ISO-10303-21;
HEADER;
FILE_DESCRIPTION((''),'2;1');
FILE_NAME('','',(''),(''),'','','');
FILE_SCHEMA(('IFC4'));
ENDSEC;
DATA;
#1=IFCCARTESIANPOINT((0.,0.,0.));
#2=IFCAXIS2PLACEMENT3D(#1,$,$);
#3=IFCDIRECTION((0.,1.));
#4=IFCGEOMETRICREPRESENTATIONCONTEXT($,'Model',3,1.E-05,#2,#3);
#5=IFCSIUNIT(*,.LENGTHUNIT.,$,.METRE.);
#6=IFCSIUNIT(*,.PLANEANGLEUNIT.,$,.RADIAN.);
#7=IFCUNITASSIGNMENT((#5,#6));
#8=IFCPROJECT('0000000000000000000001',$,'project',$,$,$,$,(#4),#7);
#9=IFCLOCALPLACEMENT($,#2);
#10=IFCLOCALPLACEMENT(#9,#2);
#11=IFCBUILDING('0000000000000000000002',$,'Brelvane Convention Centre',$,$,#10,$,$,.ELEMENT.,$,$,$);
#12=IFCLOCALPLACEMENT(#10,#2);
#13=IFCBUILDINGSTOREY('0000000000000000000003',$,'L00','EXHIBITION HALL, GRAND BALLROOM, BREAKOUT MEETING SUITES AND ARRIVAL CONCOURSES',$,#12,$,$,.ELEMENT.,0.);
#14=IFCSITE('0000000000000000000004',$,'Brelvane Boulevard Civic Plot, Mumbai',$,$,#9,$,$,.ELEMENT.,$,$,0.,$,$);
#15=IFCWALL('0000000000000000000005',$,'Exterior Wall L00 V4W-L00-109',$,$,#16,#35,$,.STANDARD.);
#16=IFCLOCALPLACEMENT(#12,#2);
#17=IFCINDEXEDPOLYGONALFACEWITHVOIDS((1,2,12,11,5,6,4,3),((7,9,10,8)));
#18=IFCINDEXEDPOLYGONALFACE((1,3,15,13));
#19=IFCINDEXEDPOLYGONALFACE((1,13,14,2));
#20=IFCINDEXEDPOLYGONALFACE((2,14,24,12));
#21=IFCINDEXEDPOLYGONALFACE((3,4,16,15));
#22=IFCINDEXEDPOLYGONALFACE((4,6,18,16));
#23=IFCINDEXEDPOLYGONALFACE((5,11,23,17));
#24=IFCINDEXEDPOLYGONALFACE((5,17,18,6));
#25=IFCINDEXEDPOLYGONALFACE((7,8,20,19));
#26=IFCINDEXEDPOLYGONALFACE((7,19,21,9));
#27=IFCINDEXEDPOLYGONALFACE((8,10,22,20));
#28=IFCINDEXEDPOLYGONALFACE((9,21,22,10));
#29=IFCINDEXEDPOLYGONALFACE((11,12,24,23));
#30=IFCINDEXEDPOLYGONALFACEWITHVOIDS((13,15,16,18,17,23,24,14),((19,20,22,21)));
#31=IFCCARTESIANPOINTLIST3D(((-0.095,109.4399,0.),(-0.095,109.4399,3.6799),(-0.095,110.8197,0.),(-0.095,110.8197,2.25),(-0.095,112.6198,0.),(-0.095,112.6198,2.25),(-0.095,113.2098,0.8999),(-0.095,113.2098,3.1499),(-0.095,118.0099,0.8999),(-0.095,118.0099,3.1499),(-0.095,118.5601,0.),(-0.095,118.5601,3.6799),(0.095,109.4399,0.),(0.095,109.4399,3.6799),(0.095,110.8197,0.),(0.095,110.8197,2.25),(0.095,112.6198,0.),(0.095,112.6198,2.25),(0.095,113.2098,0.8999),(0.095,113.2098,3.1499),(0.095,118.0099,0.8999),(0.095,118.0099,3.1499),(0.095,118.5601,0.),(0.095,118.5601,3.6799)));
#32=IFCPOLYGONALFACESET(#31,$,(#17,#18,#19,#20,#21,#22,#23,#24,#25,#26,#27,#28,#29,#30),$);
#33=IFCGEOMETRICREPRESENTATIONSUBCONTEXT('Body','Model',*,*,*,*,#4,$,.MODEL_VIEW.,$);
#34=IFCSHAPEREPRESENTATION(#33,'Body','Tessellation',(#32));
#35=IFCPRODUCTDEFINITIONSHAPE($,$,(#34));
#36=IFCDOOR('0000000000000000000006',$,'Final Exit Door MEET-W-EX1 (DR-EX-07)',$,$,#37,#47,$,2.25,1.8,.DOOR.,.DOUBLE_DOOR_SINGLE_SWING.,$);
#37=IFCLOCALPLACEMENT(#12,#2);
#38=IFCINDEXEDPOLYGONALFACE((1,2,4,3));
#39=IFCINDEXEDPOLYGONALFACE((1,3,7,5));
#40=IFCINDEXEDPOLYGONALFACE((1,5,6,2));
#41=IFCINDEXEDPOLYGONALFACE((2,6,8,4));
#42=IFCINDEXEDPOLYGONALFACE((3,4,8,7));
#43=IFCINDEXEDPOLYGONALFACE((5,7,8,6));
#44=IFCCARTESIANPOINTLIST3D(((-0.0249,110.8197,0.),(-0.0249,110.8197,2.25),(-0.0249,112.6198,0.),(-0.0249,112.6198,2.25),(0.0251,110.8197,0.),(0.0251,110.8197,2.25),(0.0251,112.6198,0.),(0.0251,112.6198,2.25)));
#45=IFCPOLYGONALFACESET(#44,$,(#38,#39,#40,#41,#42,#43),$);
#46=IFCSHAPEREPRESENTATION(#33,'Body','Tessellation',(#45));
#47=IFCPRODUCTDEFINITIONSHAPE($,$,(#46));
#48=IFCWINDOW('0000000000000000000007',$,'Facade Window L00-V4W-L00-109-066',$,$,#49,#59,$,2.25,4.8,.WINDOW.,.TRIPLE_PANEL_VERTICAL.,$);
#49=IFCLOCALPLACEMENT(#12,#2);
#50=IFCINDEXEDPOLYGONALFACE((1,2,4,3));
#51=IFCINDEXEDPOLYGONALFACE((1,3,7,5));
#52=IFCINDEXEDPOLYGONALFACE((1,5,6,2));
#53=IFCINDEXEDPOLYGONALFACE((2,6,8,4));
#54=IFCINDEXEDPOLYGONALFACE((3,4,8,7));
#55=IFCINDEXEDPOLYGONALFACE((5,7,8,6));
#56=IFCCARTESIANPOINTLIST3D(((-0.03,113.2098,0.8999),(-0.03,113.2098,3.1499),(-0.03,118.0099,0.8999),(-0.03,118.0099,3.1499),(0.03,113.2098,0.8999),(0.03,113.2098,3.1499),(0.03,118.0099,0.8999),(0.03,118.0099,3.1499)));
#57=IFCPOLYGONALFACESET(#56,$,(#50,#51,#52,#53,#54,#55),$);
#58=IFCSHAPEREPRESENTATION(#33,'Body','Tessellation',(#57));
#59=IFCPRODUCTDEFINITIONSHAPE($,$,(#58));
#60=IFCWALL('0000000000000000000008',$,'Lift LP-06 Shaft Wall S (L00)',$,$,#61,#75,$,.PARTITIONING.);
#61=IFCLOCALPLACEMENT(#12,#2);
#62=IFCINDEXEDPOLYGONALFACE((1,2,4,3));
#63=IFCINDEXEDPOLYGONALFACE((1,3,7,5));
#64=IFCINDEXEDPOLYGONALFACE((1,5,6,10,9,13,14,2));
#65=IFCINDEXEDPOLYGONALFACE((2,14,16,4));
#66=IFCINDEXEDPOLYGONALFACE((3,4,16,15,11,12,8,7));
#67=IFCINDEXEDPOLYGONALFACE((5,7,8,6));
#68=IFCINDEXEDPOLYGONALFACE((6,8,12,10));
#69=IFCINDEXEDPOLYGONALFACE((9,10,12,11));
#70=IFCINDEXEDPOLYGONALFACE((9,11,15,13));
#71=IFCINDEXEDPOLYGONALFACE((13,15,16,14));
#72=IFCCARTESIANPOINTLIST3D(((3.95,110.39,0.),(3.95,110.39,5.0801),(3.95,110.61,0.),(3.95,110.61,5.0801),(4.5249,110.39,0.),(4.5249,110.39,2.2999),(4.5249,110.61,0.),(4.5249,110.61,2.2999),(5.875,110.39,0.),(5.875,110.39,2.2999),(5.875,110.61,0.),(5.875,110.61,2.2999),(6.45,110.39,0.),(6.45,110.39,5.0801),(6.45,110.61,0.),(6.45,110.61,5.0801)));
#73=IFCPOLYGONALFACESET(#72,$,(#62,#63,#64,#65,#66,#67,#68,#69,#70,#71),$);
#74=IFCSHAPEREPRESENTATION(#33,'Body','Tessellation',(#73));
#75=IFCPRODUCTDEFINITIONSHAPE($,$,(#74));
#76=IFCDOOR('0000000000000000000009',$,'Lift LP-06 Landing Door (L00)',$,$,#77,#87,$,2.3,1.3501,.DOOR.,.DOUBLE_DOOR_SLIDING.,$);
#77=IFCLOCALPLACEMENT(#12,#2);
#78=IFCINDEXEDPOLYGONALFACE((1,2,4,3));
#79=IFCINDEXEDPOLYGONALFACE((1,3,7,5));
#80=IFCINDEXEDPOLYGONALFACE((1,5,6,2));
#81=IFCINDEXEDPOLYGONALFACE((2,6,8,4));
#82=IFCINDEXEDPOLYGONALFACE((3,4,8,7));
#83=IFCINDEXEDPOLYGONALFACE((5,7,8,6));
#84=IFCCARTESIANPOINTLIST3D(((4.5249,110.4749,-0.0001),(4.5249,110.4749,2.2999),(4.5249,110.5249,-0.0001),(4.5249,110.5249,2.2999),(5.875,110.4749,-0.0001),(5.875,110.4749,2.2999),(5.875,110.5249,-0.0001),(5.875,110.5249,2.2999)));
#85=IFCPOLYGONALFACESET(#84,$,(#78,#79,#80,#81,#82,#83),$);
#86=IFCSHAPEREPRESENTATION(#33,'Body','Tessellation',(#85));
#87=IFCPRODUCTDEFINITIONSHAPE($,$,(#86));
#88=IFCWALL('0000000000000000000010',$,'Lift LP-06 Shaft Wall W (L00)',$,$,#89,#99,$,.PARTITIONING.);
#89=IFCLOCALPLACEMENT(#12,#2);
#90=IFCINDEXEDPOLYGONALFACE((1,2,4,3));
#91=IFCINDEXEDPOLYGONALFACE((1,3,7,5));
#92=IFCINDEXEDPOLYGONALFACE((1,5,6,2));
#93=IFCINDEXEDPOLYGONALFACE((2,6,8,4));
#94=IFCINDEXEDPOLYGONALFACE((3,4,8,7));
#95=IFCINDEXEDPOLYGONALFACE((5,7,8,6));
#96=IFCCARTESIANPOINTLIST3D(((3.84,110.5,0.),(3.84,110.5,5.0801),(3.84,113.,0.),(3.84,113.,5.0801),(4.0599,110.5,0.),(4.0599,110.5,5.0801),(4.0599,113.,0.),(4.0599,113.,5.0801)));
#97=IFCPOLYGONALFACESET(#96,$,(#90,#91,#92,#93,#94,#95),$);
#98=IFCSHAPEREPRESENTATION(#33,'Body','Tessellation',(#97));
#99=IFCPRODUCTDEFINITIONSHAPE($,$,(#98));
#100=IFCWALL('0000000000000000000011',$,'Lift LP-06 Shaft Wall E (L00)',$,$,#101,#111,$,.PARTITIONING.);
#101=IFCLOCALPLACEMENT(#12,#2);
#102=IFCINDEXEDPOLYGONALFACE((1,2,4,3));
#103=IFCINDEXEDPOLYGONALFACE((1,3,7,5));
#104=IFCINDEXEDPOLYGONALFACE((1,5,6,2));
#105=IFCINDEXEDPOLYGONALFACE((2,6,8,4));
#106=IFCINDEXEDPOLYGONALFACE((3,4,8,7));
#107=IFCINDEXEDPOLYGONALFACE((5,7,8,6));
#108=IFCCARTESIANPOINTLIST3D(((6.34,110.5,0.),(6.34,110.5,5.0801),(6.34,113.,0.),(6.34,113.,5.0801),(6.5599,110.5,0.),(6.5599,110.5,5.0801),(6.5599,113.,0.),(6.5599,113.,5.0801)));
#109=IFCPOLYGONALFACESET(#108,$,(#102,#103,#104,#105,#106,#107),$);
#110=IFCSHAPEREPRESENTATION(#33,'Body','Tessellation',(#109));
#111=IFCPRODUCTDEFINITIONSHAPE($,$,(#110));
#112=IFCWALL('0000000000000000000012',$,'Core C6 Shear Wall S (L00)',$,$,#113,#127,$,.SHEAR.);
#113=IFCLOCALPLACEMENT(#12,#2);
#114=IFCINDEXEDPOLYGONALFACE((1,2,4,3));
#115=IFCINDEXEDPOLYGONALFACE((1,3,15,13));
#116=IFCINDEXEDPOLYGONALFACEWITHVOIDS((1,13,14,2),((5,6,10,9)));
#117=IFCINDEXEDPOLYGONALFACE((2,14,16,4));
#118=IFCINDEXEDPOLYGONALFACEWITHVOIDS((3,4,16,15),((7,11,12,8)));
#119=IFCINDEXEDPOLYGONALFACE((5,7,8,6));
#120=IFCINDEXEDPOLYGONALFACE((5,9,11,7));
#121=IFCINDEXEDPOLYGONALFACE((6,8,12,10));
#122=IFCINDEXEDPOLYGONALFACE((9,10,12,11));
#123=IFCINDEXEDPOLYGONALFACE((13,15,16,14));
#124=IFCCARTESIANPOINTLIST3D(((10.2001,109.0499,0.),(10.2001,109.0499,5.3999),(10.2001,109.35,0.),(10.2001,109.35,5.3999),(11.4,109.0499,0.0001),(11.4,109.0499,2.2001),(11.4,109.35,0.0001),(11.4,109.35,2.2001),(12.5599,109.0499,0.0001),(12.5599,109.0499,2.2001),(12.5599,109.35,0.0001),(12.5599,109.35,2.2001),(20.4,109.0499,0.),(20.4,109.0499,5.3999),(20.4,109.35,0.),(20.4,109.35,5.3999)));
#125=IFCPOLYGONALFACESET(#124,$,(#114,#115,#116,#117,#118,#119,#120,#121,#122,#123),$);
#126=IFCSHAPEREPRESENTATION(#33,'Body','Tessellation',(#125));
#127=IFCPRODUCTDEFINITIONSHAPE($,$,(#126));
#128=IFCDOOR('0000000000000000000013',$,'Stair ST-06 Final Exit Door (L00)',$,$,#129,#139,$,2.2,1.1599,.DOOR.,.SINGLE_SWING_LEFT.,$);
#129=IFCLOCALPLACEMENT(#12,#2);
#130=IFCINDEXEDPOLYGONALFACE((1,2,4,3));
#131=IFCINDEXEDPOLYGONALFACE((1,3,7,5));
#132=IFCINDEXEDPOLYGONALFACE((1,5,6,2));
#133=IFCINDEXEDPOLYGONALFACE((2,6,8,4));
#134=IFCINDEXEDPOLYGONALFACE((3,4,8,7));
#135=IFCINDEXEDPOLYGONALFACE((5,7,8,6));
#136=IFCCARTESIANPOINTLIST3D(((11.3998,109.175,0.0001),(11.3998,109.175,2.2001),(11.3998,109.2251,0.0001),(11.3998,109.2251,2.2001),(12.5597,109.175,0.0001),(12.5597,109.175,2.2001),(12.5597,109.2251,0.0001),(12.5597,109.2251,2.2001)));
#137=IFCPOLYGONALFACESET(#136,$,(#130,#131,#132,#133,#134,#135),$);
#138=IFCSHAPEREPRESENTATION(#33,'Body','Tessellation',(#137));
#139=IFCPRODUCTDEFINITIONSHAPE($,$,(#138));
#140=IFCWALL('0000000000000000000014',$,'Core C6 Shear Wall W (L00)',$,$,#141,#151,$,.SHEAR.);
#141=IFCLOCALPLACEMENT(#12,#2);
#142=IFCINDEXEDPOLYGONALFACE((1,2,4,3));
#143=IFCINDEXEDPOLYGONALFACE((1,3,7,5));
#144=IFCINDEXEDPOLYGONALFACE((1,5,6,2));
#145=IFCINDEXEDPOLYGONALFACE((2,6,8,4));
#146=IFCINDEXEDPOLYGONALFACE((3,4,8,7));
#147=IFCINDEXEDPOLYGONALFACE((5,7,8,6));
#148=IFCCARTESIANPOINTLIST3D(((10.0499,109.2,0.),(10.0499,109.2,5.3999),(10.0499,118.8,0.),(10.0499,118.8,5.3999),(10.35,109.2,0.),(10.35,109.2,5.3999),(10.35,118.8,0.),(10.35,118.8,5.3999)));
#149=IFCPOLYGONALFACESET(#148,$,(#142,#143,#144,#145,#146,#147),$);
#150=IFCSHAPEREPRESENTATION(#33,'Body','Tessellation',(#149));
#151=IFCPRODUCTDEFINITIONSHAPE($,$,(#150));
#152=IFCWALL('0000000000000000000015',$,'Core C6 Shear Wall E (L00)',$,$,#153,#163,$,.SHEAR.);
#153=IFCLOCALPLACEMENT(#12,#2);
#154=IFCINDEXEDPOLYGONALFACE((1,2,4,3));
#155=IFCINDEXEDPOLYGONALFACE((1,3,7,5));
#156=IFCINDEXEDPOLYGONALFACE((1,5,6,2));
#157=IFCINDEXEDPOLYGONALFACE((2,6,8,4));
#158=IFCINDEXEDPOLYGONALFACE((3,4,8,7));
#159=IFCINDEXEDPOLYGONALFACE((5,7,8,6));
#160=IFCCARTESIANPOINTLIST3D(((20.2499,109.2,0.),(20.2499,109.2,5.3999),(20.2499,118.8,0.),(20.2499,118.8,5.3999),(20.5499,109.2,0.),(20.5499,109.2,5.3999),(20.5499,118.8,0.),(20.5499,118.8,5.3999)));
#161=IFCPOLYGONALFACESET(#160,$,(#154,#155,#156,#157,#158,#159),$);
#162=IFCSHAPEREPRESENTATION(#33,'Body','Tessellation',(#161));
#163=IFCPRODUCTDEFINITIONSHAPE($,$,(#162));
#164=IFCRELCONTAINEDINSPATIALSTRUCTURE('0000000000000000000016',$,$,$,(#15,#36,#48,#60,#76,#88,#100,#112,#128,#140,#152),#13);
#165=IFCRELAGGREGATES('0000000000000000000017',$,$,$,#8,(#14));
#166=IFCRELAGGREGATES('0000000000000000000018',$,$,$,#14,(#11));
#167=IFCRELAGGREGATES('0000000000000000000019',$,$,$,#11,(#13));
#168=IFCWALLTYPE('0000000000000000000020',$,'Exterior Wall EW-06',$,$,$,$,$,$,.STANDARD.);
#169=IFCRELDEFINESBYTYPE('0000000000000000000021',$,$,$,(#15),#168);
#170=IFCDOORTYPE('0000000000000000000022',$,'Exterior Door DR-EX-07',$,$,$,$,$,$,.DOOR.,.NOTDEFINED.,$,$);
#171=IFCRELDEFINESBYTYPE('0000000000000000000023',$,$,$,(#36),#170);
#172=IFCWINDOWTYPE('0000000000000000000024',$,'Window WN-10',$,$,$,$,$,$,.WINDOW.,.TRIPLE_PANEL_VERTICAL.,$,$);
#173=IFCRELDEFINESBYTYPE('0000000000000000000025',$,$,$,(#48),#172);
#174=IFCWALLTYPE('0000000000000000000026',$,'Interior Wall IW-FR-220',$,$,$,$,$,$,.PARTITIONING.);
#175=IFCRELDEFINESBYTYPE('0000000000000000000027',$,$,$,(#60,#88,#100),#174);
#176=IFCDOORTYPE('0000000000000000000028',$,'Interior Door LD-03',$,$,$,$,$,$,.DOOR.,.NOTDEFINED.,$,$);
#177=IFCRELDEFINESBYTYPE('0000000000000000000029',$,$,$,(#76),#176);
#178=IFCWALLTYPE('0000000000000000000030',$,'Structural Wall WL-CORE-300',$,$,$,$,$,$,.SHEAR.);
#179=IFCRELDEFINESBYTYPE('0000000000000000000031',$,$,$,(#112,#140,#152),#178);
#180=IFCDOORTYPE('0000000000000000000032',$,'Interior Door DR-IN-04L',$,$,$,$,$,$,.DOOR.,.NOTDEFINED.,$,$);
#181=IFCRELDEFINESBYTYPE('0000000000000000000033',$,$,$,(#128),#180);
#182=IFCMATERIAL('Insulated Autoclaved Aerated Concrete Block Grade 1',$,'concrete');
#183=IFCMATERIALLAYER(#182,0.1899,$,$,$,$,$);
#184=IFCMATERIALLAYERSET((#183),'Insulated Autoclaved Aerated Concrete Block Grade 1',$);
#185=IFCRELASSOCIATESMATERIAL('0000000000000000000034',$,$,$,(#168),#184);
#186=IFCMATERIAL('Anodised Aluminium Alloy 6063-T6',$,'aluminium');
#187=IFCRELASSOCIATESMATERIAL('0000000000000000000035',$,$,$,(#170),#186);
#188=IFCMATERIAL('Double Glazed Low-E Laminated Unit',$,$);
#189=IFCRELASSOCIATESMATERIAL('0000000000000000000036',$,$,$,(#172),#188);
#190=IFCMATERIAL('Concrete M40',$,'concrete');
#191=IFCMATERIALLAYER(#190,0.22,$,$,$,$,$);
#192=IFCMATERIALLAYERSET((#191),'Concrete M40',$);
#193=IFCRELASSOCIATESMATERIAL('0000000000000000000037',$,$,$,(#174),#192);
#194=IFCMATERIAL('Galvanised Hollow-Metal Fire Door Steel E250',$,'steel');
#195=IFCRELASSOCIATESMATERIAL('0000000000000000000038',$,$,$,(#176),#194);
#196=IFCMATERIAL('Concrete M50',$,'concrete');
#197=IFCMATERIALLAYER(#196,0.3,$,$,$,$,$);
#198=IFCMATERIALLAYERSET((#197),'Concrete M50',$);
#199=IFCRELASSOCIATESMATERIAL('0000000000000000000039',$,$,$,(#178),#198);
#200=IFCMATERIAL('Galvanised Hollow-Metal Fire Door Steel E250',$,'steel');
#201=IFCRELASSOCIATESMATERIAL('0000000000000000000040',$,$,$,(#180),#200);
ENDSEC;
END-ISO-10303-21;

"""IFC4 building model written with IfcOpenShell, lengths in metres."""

from ifc_helpers import new_model, si_unit, direction, frame, frame_2d, origin, place, context, subcontext, project, spatial, rectangle, extrude, material, layer, layer_set, type_object, element, fill, save


model = new_model("IFC4")

# Units and contexts
model_context = context("Model", 3, precision=1e-05, world=origin(), true_north=direction((0.0, 1.0)))
body_context = subcontext(model_context, "Body", "Model", "MODEL_VIEW")
ifc_project = project(units=[si_unit("LENGTHUNIT", "METRE"), si_unit("PLANEANGLEUNIT", "RADIAN")], contexts=[model_context])

# Site, building, storey
site_placement = place(None, origin())
site = spatial("IfcSite", under=ifc_project, at=site_placement, Name="Brelvane Boulevard Civic Plot, Mumbai", CompositionType="ELEMENT", RefElevation=0.0)
building_placement = place(site_placement, origin())
building = spatial("IfcBuilding", under=site, at=building_placement, Name="Brelvane Convention Centre", CompositionType="ELEMENT")
storey_placement = place(building_placement, origin())
storey = spatial("IfcBuildingStorey", under=building, at=storey_placement, Name="L00", Description="EXHIBITION HALL, GRAND BALLROOM, BREAKOUT MEETING SUITES AND ARRIVAL CONCOURSES", CompositionType="ELEMENT", Elevation=0.0)

# Shared definitions
ifc_material_1 = material(Name="Insulated Autoclaved Aerated Concrete Block Grade 1", Category="concrete")
ifc_layer_1 = layer(ifc_material_1, 0.1899)
ifc_layer_set_1 = layer_set([ifc_layer_1], Name="Insulated Autoclaved Aerated Concrete Block Grade 1")
wall_type_1 = type_object("IfcWallType", Name="Exterior Wall EW-06", PredefinedType="STANDARD", material=ifc_layer_set_1)

# Wall, openings, door, window
wall_1_placement = place(storey_placement, frame((0.0, 109.4399, 0.0), z_axis=(0.0, 0.0, 1.0), x_axis=(0.0, 1.0, 0.0)))
wall_1 = element("IfcWall", 1, at=wall_1_placement, inside=storey, type_object=wall_type_1, Name="Exterior Wall L00 V4W-L00-109", PredefinedType="STANDARD", context=body_context, shape_type="SweptSolid", body=[
    extrude(rectangle(XDim=9.1201, YDim=0.1899, at=frame_2d((4.5601, 0.0))), origin(), (0.0, 0.0, 1.0), 3.6799),
])
opening_1_placement = place(wall_1_placement, frame((1.3799, 0.0, 0.0)))
opening_1 = element("IfcOpeningElement", 2, at=opening_1_placement, cuts=wall_1, PredefinedType="OPENING", context=body_context, shape_type="SweptSolid", body=[
    extrude(rectangle(XDim=1.8, YDim=2.25, at=frame_2d((0.8999, 1.125))), frame((0.0, 0.105, 0.0), z_axis=(0.0, -1.0, 0.0), x_axis=(1.0, 0.0, 0.0)), (0.0, 0.0, 1.0), 0.21),
])
opening_2_placement = place(wall_1_placement, frame((3.77, 0.0, 0.8999)))
opening_2 = element("IfcOpeningElement", 3, at=opening_2_placement, cuts=wall_1, PredefinedType="OPENING", context=body_context, shape_type="SweptSolid", body=[
    extrude(rectangle(XDim=4.8, YDim=2.25, at=frame_2d((2.3999, 1.125))), frame((0.0, 0.105, 0.0), z_axis=(0.0, -1.0, 0.0), x_axis=(1.0, 0.0, 0.0)), (0.0, 0.0, 1.0), 0.21),
])
ifc_material_2 = material(Name="Anodised Aluminium Alloy 6063-T6", Category="aluminium")
door_type_1 = type_object("IfcDoorType", Name="Exterior Door DR-EX-07", OperationType="NOTDEFINED", PredefinedType="DOOR", material=ifc_material_2)
door_1_placement = place(opening_1_placement, origin())
door_1 = element("IfcDoor", 4, at=door_1_placement, inside=storey, type_object=door_type_1, Name="Final Exit Door MEET-W-EX1 (DR-EX-07)", OperationType="DOUBLE_DOOR_SINGLE_SWING", OverallHeight=2.25, OverallWidth=1.8, PredefinedType="DOOR", context=body_context, shape_type="SweptSolid", body=[
    extrude(rectangle(XDim=1.8, YDim=2.25, at=frame_2d((0.8999, 1.125))), frame((0.0, 0.0249, 0.0), z_axis=(0.0, -1.0, 0.0), x_axis=(1.0, 0.0, 0.0)), (0.0, 0.0, 1.0), 0.05),
])
fill(opening_1, door_1)
ifc_material_3 = material(Name="Double Glazed Low-E Laminated Unit")
window_type = type_object("IfcWindowType", Name="Window WN-10", PartitioningType="TRIPLE_PANEL_VERTICAL", PredefinedType="WINDOW", material=ifc_material_3)
window_placement = place(opening_2_placement, origin())
window = element("IfcWindow", 5, at=window_placement, inside=storey, type_object=window_type, Name="Facade Window L00-V4W-L00-109-066", OverallHeight=2.25, OverallWidth=4.8, PartitioningType="TRIPLE_PANEL_VERTICAL", PredefinedType="WINDOW", context=body_context, shape_type="SweptSolid", body=[
    extrude(rectangle(XDim=4.8, YDim=2.25, at=frame_2d((2.3999, 1.125))), frame((0.0, 0.03, 0.0), z_axis=(0.0, -1.0, 0.0), x_axis=(1.0, 0.0, 0.0)), (0.0, 0.0, 1.0), 0.0601),
])
fill(opening_2, window)

# Wall, opening, door
ifc_material_4 = material(Name="Concrete M40", Category="concrete")
ifc_layer_2 = layer(ifc_material_4, 0.22)
ifc_layer_set_2 = layer_set([ifc_layer_2], Name="Concrete M40")
wall_type_2 = type_object("IfcWallType", Name="Interior Wall IW-FR-220", PredefinedType="PARTITIONING", material=ifc_layer_set_2)
wall_2_placement = place(storey_placement, frame((3.95, 110.5, 0.0), z_axis=(0.0, 0.0, 1.0), x_axis=(1.0, 0.0, 0.0)))
wall_2 = element("IfcWall", 6, at=wall_2_placement, inside=storey, type_object=wall_type_2, Name="Lift LP-06 Shaft Wall S (L00)", PredefinedType="PARTITIONING", context=body_context, shape_type="SweptSolid", body=[
    extrude(rectangle(XDim=2.5, YDim=0.22, at=frame_2d((1.25, 0.0))), origin(), (0.0, 0.0, 1.0), 5.0801),
])
opening_3_placement = place(wall_2_placement, frame((0.575, 0.0, 0.0)))
opening_3 = element("IfcOpeningElement", 7, at=opening_3_placement, cuts=wall_2, PredefinedType="OPENING", context=body_context, shape_type="SweptSolid", body=[
    extrude(rectangle(XDim=1.3501, YDim=2.3, at=frame_2d((0.675, 1.1499))), frame((0.0, 0.1199, 0.0), z_axis=(0.0, -1.0, 0.0), x_axis=(1.0, 0.0, 0.0)), (0.0, 0.0, 1.0), 0.24),
])
ifc_material_5 = material(Name="Galvanised Hollow-Metal Fire Door Steel E250", Category="steel")
door_type_2 = type_object("IfcDoorType", Name="Interior Door LD-03", OperationType="NOTDEFINED", PredefinedType="DOOR", material=ifc_material_5)
door_2_placement = place(opening_3_placement, origin())
door_2 = element("IfcDoor", 8, at=door_2_placement, inside=storey, type_object=door_type_2, Name="Lift LP-06 Landing Door (L00)", OperationType="DOUBLE_DOOR_SLIDING", OverallHeight=2.3, OverallWidth=1.3501, PredefinedType="DOOR", context=body_context, shape_type="SweptSolid", body=[
    extrude(rectangle(XDim=1.3501, YDim=2.3, at=frame_2d((0.675, 1.1499))), frame((0.0, 0.0249, 0.0), z_axis=(0.0, -1.0, 0.0), x_axis=(1.0, 0.0, 0.0)), (0.0, 0.0, 1.0), 0.05),
])
fill(opening_3, door_2)

# Walls
for number, where, z_axis, x_axis, name in (
    (9, (3.95, 110.5, 0.0), (0.0, 0.0, 1.0), (0.0, 1.0, 0.0), "Lift LP-06 Shaft Wall W (L00)"),
    (10, (6.45, 110.5, 0.0), (0.0, 0.0, 1.0), (0.0, 1.0, 0.0), "Lift LP-06 Shaft Wall E (L00)"),
):
    element("IfcWall", number, at=place(storey_placement, frame(where, z_axis=z_axis, x_axis=x_axis)), inside=storey, type_object=wall_type_2, Name=name, PredefinedType="PARTITIONING", context=body_context, shape_type="SweptSolid", body=[
        extrude(rectangle(XDim=2.5, YDim=0.22, at=frame_2d((1.25, 0.0))), origin(), (0.0, 0.0, 1.0), 5.0801),
    ])

# Wall, opening, door
ifc_material_6 = material(Name="Concrete M50", Category="concrete")
ifc_layer_3 = layer(ifc_material_6, 0.3)
ifc_layer_set_3 = layer_set([ifc_layer_3], Name="Concrete M50")
wall_type_3 = type_object("IfcWallType", Name="Structural Wall WL-CORE-300", PredefinedType="SHEAR", material=ifc_layer_set_3)
wall_3_placement = place(storey_placement, frame((10.2, 109.2, 0.0), z_axis=(0.0, 0.0, 1.0), x_axis=(1.0, 0.0, 0.0)))
wall_3 = element("IfcWall", 11, at=wall_3_placement, inside=storey, type_object=wall_type_3, Name="Core C6 Shear Wall S (L00)", PredefinedType="SHEAR", context=body_context, shape_type="SweptSolid", body=[
    extrude(rectangle(XDim=10.2, YDim=0.3, at=frame_2d((5.1001, 0.0))), origin(), (0.0, 0.0, 1.0), 5.3999),
])
opening_4_placement = place(wall_3_placement, frame((1.2, 0.0, 0.0)))
opening_4 = element("IfcOpeningElement", 12, at=opening_4_placement, cuts=wall_3, PredefinedType="OPENING", context=body_context, shape_type="SweptSolid", body=[
    extrude(rectangle(XDim=1.1599, YDim=2.2, at=frame_2d((0.5801, 1.1001))), frame((0.0, 0.1599, 0.0), z_axis=(0.0, -1.0, 0.0), x_axis=(1.0, 0.0, 0.0)), (0.0, 0.0, 1.0), 0.3201),
])
ifc_material_7 = material(Name="Galvanised Hollow-Metal Fire Door Steel E250", Category="steel")
door_type_3 = type_object("IfcDoorType", Name="Interior Door DR-IN-04L", OperationType="NOTDEFINED", PredefinedType="DOOR", material=ifc_material_7)
door_3_placement = place(opening_4_placement, frame((1.1599, 0.0, 0.0), z_axis=(0.0, 0.0, 1.0), x_axis=(-1.0, 0.0, 0.0)))
door_3 = element("IfcDoor", 13, at=door_3_placement, inside=storey, type_object=door_type_3, Name="Stair ST-06 Final Exit Door (L00)", OperationType="SINGLE_SWING_LEFT", OverallHeight=2.2, OverallWidth=1.1599, PredefinedType="DOOR", context=body_context, shape_type="SweptSolid", body=[
    extrude(rectangle(XDim=1.1599, YDim=2.2, at=frame_2d((0.5801, 1.1001))), frame((0.0, 0.0249, 0.0), z_axis=(0.0, -1.0, 0.0), x_axis=(1.0, 0.0, 0.0)), (0.0, 0.0, 1.0), 0.05),
])
fill(opening_4, door_3)

# Walls
for number, where, z_axis, x_axis, name in (
    (14, (10.2, 109.2, 0.0), (0.0, 0.0, 1.0), (0.0, 1.0, 0.0), "Core C6 Shear Wall W (L00)"),
    (15, (20.3999, 109.2, 0.0), (0.0, 0.0, 1.0), (0.0, 1.0, 0.0), "Core C6 Shear Wall E (L00)"),
):
    element("IfcWall", number, at=place(storey_placement, frame(where, z_axis=z_axis, x_axis=x_axis)), inside=storey, type_object=wall_type_3, Name=name, PredefinedType="SHEAR", context=body_context, shape_type="SweptSolid", body=[
        extrude(rectangle(XDim=9.6001, YDim=0.3, at=frame_2d((4.8, 0.0))), origin(), (0.0, 0.0, 1.0), 5.3999),
    ])

save(model, "model.ifc")
